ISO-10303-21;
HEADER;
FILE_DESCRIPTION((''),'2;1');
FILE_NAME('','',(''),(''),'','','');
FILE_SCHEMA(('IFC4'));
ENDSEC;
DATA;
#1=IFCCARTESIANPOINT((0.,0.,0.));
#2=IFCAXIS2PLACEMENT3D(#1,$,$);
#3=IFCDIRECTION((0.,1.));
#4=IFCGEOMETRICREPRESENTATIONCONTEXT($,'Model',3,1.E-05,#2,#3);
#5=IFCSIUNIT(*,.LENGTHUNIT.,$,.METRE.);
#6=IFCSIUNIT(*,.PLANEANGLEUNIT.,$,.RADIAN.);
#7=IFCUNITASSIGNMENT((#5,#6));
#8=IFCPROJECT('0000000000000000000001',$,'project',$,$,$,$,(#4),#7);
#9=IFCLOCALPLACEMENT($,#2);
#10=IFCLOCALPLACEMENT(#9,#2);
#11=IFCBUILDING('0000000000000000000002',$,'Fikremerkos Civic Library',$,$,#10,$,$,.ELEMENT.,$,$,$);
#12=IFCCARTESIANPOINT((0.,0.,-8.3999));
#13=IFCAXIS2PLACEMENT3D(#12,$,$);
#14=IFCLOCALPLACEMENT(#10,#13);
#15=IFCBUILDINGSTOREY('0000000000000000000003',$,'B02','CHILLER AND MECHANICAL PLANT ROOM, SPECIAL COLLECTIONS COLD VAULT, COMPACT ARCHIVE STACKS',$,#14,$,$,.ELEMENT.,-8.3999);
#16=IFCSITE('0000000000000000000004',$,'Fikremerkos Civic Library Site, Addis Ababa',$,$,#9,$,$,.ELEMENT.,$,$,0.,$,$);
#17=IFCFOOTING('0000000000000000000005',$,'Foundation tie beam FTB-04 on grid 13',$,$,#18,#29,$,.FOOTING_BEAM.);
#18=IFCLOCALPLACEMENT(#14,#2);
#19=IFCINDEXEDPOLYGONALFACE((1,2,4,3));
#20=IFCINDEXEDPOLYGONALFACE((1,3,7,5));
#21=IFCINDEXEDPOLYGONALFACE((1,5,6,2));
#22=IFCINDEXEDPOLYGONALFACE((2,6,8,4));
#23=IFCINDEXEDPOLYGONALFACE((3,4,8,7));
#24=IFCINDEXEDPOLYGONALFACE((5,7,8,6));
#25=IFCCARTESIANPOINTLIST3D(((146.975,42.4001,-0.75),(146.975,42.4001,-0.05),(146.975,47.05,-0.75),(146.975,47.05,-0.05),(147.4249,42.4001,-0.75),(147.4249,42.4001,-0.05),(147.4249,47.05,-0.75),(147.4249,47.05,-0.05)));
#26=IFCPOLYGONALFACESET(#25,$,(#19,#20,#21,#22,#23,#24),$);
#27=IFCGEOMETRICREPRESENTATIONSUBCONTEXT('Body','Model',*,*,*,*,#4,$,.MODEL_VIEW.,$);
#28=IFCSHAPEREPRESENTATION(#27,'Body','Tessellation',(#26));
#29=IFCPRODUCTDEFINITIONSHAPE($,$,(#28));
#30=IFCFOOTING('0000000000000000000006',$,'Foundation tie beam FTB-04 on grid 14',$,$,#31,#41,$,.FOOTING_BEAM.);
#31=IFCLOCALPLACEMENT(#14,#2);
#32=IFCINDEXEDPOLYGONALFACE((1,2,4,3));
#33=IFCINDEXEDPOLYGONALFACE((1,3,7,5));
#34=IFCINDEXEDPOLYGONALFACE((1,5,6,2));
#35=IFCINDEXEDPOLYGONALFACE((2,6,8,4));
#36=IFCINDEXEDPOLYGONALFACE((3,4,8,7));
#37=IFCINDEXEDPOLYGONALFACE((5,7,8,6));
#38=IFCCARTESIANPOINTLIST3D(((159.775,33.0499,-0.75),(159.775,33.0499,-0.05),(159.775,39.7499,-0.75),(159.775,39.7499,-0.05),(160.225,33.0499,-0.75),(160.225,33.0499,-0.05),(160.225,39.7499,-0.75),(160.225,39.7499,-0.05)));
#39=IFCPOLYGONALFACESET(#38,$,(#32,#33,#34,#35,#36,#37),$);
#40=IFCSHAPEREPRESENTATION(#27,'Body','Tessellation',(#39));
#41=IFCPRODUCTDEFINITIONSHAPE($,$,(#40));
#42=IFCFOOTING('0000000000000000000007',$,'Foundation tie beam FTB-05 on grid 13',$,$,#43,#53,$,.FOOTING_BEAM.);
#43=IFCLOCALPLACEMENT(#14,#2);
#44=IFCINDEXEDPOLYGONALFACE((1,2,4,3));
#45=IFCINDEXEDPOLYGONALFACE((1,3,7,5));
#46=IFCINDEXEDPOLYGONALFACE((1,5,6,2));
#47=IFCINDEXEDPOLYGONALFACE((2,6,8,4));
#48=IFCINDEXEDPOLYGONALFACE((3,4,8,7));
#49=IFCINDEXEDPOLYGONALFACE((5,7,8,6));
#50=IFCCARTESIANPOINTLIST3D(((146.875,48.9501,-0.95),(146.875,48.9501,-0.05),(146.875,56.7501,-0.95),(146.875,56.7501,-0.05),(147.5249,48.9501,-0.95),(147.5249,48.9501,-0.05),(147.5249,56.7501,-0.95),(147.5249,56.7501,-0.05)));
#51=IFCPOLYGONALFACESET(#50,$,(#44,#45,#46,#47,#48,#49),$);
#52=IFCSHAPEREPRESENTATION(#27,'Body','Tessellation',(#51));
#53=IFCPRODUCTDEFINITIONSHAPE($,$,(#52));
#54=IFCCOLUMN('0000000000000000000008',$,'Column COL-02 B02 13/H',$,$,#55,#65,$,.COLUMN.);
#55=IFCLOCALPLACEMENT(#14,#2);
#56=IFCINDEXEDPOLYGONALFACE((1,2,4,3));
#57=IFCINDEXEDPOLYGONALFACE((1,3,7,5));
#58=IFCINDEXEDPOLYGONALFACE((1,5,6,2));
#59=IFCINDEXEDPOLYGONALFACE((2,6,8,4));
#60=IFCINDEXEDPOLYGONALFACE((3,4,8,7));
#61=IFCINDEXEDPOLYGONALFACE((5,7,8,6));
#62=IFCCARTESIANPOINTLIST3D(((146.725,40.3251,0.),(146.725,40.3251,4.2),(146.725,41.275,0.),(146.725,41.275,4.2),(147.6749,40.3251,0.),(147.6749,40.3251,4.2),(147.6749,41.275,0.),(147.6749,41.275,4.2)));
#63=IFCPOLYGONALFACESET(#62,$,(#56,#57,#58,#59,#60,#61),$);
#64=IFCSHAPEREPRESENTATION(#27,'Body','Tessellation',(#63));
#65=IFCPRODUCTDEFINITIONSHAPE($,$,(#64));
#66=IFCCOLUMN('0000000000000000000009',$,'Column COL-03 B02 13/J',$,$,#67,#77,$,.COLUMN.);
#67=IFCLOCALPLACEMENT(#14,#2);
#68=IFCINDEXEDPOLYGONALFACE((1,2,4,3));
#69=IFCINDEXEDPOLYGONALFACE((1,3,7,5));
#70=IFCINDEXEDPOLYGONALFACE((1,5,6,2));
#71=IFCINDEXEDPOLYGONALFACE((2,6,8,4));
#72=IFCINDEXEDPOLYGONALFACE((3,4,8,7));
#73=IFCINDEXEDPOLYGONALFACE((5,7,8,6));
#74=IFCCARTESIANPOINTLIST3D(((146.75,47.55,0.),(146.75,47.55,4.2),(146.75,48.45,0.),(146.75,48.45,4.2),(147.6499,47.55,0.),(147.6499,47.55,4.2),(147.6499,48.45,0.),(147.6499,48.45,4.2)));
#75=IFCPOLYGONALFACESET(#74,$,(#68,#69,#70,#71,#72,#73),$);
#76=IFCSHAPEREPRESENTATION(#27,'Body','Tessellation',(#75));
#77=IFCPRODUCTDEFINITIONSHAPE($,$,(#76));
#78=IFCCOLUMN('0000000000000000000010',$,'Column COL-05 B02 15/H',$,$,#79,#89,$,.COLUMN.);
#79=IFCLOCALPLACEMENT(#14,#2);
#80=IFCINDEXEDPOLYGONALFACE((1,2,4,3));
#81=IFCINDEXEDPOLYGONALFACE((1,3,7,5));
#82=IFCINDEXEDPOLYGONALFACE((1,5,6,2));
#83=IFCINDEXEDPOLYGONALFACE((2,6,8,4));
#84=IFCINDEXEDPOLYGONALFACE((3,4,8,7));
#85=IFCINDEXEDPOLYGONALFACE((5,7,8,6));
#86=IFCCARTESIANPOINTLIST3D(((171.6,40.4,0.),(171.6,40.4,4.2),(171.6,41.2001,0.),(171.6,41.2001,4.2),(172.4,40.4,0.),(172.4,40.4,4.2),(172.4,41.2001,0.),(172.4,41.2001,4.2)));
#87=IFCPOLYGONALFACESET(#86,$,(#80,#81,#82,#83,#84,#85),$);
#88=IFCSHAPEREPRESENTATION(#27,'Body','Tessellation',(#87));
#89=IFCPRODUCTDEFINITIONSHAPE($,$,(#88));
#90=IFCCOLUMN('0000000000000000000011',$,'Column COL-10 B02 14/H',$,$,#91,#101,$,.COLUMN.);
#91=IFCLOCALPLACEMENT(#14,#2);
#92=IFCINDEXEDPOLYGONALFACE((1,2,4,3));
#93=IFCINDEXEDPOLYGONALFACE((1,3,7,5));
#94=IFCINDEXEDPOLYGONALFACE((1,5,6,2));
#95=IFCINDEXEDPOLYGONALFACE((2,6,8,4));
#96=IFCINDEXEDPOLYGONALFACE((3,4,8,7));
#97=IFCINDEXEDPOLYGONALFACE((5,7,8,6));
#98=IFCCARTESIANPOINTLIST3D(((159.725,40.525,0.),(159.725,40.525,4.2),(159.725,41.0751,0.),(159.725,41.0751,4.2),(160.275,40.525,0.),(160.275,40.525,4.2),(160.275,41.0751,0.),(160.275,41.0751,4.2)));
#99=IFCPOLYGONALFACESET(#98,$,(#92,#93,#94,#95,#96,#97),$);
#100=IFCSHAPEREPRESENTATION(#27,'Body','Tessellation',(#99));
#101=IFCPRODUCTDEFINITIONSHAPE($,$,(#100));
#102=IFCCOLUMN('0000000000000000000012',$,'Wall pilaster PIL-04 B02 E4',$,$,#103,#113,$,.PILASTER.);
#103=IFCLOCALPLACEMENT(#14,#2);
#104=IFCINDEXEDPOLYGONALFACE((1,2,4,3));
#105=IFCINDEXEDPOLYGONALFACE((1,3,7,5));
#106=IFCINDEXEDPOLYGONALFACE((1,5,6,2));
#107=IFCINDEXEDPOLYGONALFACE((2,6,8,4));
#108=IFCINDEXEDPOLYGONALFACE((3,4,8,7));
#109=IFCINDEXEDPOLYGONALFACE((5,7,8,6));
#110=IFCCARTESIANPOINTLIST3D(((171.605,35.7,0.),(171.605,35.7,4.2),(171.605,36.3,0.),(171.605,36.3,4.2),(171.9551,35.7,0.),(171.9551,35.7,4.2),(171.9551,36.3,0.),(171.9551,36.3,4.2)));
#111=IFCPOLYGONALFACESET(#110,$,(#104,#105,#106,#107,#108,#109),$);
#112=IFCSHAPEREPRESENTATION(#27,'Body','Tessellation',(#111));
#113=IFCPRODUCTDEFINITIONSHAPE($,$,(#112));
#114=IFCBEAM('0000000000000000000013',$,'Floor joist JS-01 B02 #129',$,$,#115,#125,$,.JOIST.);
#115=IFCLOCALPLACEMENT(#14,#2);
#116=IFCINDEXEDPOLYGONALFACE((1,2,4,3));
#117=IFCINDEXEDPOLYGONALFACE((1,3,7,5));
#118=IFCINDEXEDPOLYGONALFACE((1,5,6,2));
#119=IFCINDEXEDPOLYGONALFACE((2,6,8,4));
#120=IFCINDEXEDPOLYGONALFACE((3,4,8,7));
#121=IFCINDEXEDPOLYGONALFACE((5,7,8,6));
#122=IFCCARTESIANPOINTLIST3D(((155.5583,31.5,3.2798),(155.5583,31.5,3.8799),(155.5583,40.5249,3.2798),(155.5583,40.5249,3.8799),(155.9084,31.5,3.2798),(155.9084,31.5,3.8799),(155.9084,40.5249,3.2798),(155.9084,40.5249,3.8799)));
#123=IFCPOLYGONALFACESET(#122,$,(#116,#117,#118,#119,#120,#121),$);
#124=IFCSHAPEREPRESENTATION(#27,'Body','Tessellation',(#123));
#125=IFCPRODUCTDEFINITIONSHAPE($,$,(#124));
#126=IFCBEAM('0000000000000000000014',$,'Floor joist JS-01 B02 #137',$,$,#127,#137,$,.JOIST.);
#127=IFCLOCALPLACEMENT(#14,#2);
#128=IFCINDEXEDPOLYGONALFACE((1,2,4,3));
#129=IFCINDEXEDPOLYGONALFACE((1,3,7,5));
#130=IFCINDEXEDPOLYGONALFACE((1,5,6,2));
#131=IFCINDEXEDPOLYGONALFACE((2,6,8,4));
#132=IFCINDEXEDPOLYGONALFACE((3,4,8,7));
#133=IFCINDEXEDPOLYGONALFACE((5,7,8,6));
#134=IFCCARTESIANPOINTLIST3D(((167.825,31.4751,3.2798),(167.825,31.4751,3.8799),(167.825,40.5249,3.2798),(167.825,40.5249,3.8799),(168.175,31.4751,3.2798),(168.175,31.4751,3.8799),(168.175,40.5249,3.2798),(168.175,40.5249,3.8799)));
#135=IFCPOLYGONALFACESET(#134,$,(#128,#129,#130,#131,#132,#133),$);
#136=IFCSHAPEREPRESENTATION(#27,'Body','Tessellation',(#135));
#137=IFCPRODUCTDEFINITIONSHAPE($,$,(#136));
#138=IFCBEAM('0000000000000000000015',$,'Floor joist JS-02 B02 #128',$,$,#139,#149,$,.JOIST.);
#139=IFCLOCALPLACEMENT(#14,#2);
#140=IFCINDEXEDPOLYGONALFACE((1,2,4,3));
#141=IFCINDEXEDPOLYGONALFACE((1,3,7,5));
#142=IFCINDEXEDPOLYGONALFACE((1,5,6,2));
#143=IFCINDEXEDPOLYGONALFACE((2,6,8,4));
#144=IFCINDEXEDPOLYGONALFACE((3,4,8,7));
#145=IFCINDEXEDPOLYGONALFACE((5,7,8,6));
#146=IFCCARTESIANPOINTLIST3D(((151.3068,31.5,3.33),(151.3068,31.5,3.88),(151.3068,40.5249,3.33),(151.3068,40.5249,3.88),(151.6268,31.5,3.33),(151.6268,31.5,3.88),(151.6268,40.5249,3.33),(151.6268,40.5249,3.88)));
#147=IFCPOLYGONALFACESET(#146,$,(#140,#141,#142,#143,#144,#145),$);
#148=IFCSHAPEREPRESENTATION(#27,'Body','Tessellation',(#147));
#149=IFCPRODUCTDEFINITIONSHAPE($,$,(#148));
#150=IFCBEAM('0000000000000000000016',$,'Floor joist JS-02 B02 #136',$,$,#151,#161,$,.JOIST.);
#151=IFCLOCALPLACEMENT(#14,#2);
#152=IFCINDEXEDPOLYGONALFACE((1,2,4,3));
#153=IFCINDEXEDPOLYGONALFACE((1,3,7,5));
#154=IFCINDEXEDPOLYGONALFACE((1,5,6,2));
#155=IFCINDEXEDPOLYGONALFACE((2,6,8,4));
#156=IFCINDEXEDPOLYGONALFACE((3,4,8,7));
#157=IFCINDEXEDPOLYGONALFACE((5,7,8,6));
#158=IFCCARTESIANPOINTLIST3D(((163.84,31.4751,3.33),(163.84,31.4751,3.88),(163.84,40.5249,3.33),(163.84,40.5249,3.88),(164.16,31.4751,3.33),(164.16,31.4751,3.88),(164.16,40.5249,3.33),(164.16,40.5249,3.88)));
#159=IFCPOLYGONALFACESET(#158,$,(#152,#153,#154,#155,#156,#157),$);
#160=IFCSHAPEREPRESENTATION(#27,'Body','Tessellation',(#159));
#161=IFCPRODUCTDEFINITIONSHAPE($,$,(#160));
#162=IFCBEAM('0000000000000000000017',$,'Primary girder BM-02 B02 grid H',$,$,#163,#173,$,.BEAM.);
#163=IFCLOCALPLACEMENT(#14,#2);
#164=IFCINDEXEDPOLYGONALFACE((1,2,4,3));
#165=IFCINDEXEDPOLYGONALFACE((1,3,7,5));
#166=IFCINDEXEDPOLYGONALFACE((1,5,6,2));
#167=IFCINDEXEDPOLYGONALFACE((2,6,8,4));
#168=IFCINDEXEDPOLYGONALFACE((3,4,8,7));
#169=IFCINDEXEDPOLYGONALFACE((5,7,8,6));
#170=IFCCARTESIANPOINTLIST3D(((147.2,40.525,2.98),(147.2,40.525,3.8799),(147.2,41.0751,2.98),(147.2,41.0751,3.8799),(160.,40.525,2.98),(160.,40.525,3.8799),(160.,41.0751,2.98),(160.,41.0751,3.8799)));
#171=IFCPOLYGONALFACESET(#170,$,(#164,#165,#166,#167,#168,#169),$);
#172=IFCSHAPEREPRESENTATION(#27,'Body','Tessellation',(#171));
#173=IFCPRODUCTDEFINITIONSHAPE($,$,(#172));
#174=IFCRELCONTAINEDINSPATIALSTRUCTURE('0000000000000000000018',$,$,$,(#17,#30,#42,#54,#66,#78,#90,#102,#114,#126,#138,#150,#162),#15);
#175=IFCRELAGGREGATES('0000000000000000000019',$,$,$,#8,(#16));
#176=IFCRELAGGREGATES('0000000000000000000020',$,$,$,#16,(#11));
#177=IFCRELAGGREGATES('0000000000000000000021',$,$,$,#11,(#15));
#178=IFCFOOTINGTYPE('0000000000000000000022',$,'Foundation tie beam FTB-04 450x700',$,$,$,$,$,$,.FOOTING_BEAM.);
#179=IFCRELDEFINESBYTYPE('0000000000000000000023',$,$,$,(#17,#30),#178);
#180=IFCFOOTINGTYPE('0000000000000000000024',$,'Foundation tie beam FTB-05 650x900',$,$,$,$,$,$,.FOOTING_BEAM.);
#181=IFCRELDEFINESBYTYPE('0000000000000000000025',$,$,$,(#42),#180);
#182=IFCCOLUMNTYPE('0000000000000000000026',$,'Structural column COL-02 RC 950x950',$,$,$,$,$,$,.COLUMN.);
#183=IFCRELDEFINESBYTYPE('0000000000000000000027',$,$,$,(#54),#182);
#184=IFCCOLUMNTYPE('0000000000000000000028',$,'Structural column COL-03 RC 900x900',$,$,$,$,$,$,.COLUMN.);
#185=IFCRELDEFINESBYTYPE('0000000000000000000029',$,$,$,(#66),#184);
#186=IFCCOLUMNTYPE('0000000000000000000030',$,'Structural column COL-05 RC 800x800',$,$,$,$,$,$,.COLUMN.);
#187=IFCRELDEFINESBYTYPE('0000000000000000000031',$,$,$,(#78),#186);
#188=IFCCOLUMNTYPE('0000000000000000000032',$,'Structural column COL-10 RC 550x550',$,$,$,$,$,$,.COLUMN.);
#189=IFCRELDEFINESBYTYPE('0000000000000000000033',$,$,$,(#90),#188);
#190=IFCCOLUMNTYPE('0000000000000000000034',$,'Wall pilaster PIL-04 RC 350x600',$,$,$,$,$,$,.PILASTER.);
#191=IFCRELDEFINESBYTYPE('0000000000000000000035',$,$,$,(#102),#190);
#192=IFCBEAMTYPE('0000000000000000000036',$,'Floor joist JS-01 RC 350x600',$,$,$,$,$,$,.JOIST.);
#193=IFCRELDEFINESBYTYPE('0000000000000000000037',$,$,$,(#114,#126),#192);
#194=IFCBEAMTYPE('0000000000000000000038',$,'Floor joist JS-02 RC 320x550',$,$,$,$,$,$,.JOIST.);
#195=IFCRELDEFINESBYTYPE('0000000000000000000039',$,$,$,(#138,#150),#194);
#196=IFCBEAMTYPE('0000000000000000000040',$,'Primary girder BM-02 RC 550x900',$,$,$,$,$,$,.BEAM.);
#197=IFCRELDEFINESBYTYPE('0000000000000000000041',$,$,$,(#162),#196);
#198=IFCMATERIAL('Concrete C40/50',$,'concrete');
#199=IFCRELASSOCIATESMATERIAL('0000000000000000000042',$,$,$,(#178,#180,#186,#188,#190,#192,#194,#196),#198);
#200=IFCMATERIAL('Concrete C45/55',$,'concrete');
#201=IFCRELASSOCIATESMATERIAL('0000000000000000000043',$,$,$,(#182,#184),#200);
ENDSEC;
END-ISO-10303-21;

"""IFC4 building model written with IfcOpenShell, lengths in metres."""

from ifc_helpers import new_model, si_unit, direction, frame, origin, origin_2d, place, context, subcontext, project, spatial, rectangle, extrude, material, material_profile, profile_set, type_object, element, save


model = new_model("IFC4")

# Units and contexts
model_context = context("Model", 3, precision=1e-05, world=origin(), true_north=direction((0.0, 1.0)))
body_context = subcontext(model_context, "Body", "Model", "MODEL_VIEW")
ifc_project = project(units=[si_unit("LENGTHUNIT", "METRE"), si_unit("PLANEANGLEUNIT", "RADIAN")], contexts=[model_context])

# Site, building, storey
site_placement = place(None, origin())
site = spatial("IfcSite", under=ifc_project, at=site_placement, Name="Fikremerkos Civic Library Site, Addis Ababa", CompositionType="ELEMENT", RefElevation=0.0)
building_placement = place(site_placement, origin())
building = spatial("IfcBuilding", under=site, at=building_placement, Name="Fikremerkos Civic Library", CompositionType="ELEMENT")
storey_placement = place(building_placement, frame((0.0, 0.0, -8.3999)))
storey = spatial("IfcBuildingStorey", under=building, at=storey_placement, Name="B02", Description="CHILLER AND MECHANICAL PLANT ROOM, SPECIAL COLLECTIONS COLD VAULT, COMPACT ARCHIVE STACKS", CompositionType="ELEMENT", Elevation=-8.3999)

# Footings
ifc_material_1 = material(Name="Concrete C40/50", Category="concrete")
footing_type_1 = type_object("IfcFootingType", Name="Foundation tie beam FTB-04 450x700", PredefinedType="FOOTING_BEAM", material=ifc_material_1)
footing_1_placement = place(storey_placement, frame((147.2, 44.7251, -0.75), z_axis=(0.0, 0.0, 1.0), x_axis=(0.0, 1.0, 0.0)))
element("IfcFooting", 1, at=footing_1_placement, inside=storey, type_object=footing_type_1, Name="Foundation tie beam FTB-04 on grid 13", PredefinedType="FOOTING_BEAM", context=body_context, shape_type="SweptSolid", body=[
    extrude(rectangle(XDim=4.6499, YDim=0.45, at=origin_2d()), origin(), (0.0, 0.0, 1.0), 0.7),
])
footing_2_placement = place(storey_placement, frame((160.0, 36.3999, -0.75), z_axis=(0.0, 0.0, 1.0), x_axis=(0.0, 1.0, 0.0)))
element("IfcFooting", 2, at=footing_2_placement, inside=storey, type_object=footing_type_1, Name="Foundation tie beam FTB-04 on grid 14", PredefinedType="FOOTING_BEAM", context=body_context, shape_type="SweptSolid", body=[
    extrude(rectangle(XDim=6.7, YDim=0.45, at=origin_2d()), origin(), (0.0, 0.0, 1.0), 0.7),
])
footing_type_2 = type_object("IfcFootingType", Name="Foundation tie beam FTB-05 650x900", PredefinedType="FOOTING_BEAM", material=ifc_material_1)
footing_3_placement = place(storey_placement, frame((147.2, 52.8501, -0.95), z_axis=(0.0, 0.0, 1.0), x_axis=(0.0, 1.0, 0.0)))
element("IfcFooting", 3, at=footing_3_placement, inside=storey, type_object=footing_type_2, Name="Foundation tie beam FTB-05 on grid 13", PredefinedType="FOOTING_BEAM", context=body_context, shape_type="SweptSolid", body=[
    extrude(rectangle(XDim=7.8, YDim=0.6499, at=origin_2d()), origin(), (0.0, 0.0, 1.0), 0.8999),
])

# Columns
ifc_material_2 = material(Name="Concrete C45/55", Category="concrete")
ifc_material_profile_1 = material_profile(ifc_material_2, rectangle(XDim=0.95, YDim=0.95, at=origin_2d()), Name="RC 950x950")
ifc_profile_set_1 = profile_set([ifc_material_profile_1], Name="Concrete C45/55")
column_type_1 = type_object("IfcColumnType", Name="Structural column COL-02 RC 950x950", PredefinedType="COLUMN", material=ifc_profile_set_1)
column_1_placement = place(storey_placement, frame((147.2, 40.8, 0.0), z_axis=(0.0, 0.0, 1.0), x_axis=(1.0, 0.0, 0.0)))
element("IfcColumn", 4, at=column_1_placement, inside=storey, type_object=column_type_1, Name="Column COL-02 B02 13/H", PredefinedType="COLUMN", context=body_context, shape_type="SweptSolid", body=[
    extrude(rectangle(XDim=0.95, YDim=0.95, at=origin_2d()), origin(), (0.0, 0.0, 1.0), 4.2),
])
ifc_material_profile_2 = material_profile(ifc_material_2, rectangle(XDim=0.8999, YDim=0.8999, at=origin_2d()), Name="RC 900x900")
ifc_profile_set_2 = profile_set([ifc_material_profile_2], Name="Concrete C45/55")
column_type_2 = type_object("IfcColumnType", Name="Structural column COL-03 RC 900x900", PredefinedType="COLUMN", material=ifc_profile_set_2)
column_2_placement = place(storey_placement, frame((147.2, 48.0, 0.0), z_axis=(0.0, 0.0, 1.0), x_axis=(1.0, 0.0, 0.0)))
element("IfcColumn", 5, at=column_2_placement, inside=storey, type_object=column_type_2, Name="Column COL-03 B02 13/J", PredefinedType="COLUMN", context=body_context, shape_type="SweptSolid", body=[
    extrude(rectangle(XDim=0.8999, YDim=0.8999, at=origin_2d()), origin(), (0.0, 0.0, 1.0), 4.2),
])
ifc_material_profile_3 = material_profile(ifc_material_1, rectangle(XDim=0.8, YDim=0.8, at=origin_2d()), Name="RC 800x800")
ifc_profile_set_3 = profile_set([ifc_material_profile_3], Name="Concrete C40/50")
column_type_3 = type_object("IfcColumnType", Name="Structural column COL-05 RC 800x800", PredefinedType="COLUMN", material=ifc_profile_set_3)
column_3_placement = place(storey_placement, frame((172.0, 40.8, 0.0), z_axis=(0.0, 0.0, 1.0), x_axis=(1.0, 0.0, 0.0)))
element("IfcColumn", 6, at=column_3_placement, inside=storey, type_object=column_type_3, Name="Column COL-05 B02 15/H", PredefinedType="COLUMN", context=body_context, shape_type="SweptSolid", body=[
    extrude(rectangle(XDim=0.8, YDim=0.8, at=origin_2d()), origin(), (0.0, 0.0, 1.0), 4.2),
])
ifc_material_profile_4 = material_profile(ifc_material_1, rectangle(XDim=0.55, YDim=0.55, at=origin_2d()), Name="RC 550x550")
ifc_profile_set_4 = profile_set([ifc_material_profile_4], Name="Concrete C40/50")
column_type_4 = type_object("IfcColumnType", Name="Structural column COL-10 RC 550x550", PredefinedType="COLUMN", material=ifc_profile_set_4)
column_4_placement = place(storey_placement, frame((160.0, 40.8, 0.0), z_axis=(0.0, 0.0, 1.0), x_axis=(1.0, 0.0, 0.0)))
element("IfcColumn", 7, at=column_4_placement, inside=storey, type_object=column_type_4, Name="Column COL-10 B02 14/H", PredefinedType="COLUMN", context=body_context, shape_type="SweptSolid", body=[
    extrude(rectangle(XDim=0.55, YDim=0.55, at=origin_2d()), origin(), (0.0, 0.0, 1.0), 4.2),
])
ifc_material_profile_5 = material_profile(ifc_material_1, rectangle(XDim=0.3501, YDim=0.6001, at=origin_2d()), Name="RC 350x600")
ifc_profile_set_5 = profile_set([ifc_material_profile_5], Name="Concrete C40/50")
column_type_5 = type_object("IfcColumnType", Name="Wall pilaster PIL-04 RC 350x600", PredefinedType="PILASTER", material=ifc_profile_set_5)
column_5_placement = place(storey_placement, frame((171.78, 36.0, 0.0), z_axis=(0.0, 0.0, 1.0), x_axis=(1.0, 0.0, 0.0)))
element("IfcColumn", 8, at=column_5_placement, inside=storey, type_object=column_type_5, Name="Wall pilaster PIL-04 B02 E4", PredefinedType="PILASTER", context=body_context, shape_type="SweptSolid", body=[
    extrude(rectangle(XDim=0.3501, YDim=0.6001, at=origin_2d()), origin(), (0.0, 0.0, 1.0), 4.2),
])

# Beams
ifc_material_profile_6 = material_profile(ifc_material_1, rectangle(XDim=0.3501, YDim=0.6001, at=origin_2d()), Name="RC 350x600")
ifc_profile_set_6 = profile_set([ifc_material_profile_6], Name="Concrete C40/50")
beam_type_1 = type_object("IfcBeamType", Name="Floor joist JS-01 RC 350x600", PredefinedType="JOIST", material=ifc_profile_set_6)
beam_1_placement = place(storey_placement, frame((155.7334, 31.5, 3.5798), z_axis=(0.0, 1.0, 0.0), x_axis=(-1.0, 0.0, 0.0)))
element("IfcBeam", 9, at=beam_1_placement, inside=storey, type_object=beam_type_1, Name="Floor joist JS-01 B02 #129", PredefinedType="JOIST", context=body_context, shape_type="SweptSolid", body=[
    extrude(rectangle(XDim=0.3501, YDim=0.6001, at=origin_2d()), origin(), (0.0, 0.0, 1.0), 9.0249),
])
beam_2_placement = place(storey_placement, frame((168.0, 31.4751, 3.5798), z_axis=(0.0, 1.0, 0.0), x_axis=(-1.0, 0.0, 0.0)))
element("IfcBeam", 10, at=beam_2_placement, inside=storey, type_object=beam_type_1, Name="Floor joist JS-01 B02 #137", PredefinedType="JOIST", context=body_context, shape_type="SweptSolid", body=[
    extrude(rectangle(XDim=0.3501, YDim=0.6001, at=origin_2d()), origin(), (0.0, 0.0, 1.0), 9.0498),
])
ifc_material_profile_7 = material_profile(ifc_material_1, rectangle(XDim=0.3201, YDim=0.55, at=origin_2d()), Name="RC 320x550")
ifc_profile_set_7 = profile_set([ifc_material_profile_7], Name="Concrete C40/50")
beam_type_2 = type_object("IfcBeamType", Name="Floor joist JS-02 RC 320x550", PredefinedType="JOIST", material=ifc_profile_set_7)
beam_3_placement = place(storey_placement, frame((151.4668, 31.5, 3.605), z_axis=(0.0, 1.0, 0.0), x_axis=(-1.0, 0.0, 0.0)))
element("IfcBeam", 11, at=beam_3_placement, inside=storey, type_object=beam_type_2, Name="Floor joist JS-02 B02 #128", PredefinedType="JOIST", context=body_context, shape_type="SweptSolid", body=[
    extrude(rectangle(XDim=0.3201, YDim=0.55, at=origin_2d()), origin(), (0.0, 0.0, 1.0), 9.0249),
])
beam_4_placement = place(storey_placement, frame((164.0, 31.4751, 3.605), z_axis=(0.0, 1.0, 0.0), x_axis=(-1.0, 0.0, 0.0)))
element("IfcBeam", 12, at=beam_4_placement, inside=storey, type_object=beam_type_2, Name="Floor joist JS-02 B02 #136", PredefinedType="JOIST", context=body_context, shape_type="SweptSolid", body=[
    extrude(rectangle(XDim=0.3201, YDim=0.55, at=origin_2d()), origin(), (0.0, 0.0, 1.0), 9.0498),
])
ifc_material_profile_8 = material_profile(ifc_material_1, rectangle(XDim=0.55, YDim=0.8999, at=origin_2d()), Name="RC 550x900")
ifc_profile_set_8 = profile_set([ifc_material_profile_8], Name="Concrete C40/50")
beam_type_3 = type_object("IfcBeamType", Name="Primary girder BM-02 RC 550x900", PredefinedType="BEAM", material=ifc_profile_set_8)
beam_5_placement = place(storey_placement, frame((147.2, 40.8, 3.4299), z_axis=(1.0, 0.0, 0.0), x_axis=(0.0, 1.0, 0.0)))
element("IfcBeam", 13, at=beam_5_placement, inside=storey, type_object=beam_type_3, Name="Primary girder BM-02 B02 grid H", PredefinedType="BEAM", context=body_context, shape_type="SweptSolid", body=[
    extrude(rectangle(XDim=0.55, YDim=0.8999, at=origin_2d()), origin(), (0.0, 0.0, 1.0), 12.8),
])

save(model, "model.ifc")
